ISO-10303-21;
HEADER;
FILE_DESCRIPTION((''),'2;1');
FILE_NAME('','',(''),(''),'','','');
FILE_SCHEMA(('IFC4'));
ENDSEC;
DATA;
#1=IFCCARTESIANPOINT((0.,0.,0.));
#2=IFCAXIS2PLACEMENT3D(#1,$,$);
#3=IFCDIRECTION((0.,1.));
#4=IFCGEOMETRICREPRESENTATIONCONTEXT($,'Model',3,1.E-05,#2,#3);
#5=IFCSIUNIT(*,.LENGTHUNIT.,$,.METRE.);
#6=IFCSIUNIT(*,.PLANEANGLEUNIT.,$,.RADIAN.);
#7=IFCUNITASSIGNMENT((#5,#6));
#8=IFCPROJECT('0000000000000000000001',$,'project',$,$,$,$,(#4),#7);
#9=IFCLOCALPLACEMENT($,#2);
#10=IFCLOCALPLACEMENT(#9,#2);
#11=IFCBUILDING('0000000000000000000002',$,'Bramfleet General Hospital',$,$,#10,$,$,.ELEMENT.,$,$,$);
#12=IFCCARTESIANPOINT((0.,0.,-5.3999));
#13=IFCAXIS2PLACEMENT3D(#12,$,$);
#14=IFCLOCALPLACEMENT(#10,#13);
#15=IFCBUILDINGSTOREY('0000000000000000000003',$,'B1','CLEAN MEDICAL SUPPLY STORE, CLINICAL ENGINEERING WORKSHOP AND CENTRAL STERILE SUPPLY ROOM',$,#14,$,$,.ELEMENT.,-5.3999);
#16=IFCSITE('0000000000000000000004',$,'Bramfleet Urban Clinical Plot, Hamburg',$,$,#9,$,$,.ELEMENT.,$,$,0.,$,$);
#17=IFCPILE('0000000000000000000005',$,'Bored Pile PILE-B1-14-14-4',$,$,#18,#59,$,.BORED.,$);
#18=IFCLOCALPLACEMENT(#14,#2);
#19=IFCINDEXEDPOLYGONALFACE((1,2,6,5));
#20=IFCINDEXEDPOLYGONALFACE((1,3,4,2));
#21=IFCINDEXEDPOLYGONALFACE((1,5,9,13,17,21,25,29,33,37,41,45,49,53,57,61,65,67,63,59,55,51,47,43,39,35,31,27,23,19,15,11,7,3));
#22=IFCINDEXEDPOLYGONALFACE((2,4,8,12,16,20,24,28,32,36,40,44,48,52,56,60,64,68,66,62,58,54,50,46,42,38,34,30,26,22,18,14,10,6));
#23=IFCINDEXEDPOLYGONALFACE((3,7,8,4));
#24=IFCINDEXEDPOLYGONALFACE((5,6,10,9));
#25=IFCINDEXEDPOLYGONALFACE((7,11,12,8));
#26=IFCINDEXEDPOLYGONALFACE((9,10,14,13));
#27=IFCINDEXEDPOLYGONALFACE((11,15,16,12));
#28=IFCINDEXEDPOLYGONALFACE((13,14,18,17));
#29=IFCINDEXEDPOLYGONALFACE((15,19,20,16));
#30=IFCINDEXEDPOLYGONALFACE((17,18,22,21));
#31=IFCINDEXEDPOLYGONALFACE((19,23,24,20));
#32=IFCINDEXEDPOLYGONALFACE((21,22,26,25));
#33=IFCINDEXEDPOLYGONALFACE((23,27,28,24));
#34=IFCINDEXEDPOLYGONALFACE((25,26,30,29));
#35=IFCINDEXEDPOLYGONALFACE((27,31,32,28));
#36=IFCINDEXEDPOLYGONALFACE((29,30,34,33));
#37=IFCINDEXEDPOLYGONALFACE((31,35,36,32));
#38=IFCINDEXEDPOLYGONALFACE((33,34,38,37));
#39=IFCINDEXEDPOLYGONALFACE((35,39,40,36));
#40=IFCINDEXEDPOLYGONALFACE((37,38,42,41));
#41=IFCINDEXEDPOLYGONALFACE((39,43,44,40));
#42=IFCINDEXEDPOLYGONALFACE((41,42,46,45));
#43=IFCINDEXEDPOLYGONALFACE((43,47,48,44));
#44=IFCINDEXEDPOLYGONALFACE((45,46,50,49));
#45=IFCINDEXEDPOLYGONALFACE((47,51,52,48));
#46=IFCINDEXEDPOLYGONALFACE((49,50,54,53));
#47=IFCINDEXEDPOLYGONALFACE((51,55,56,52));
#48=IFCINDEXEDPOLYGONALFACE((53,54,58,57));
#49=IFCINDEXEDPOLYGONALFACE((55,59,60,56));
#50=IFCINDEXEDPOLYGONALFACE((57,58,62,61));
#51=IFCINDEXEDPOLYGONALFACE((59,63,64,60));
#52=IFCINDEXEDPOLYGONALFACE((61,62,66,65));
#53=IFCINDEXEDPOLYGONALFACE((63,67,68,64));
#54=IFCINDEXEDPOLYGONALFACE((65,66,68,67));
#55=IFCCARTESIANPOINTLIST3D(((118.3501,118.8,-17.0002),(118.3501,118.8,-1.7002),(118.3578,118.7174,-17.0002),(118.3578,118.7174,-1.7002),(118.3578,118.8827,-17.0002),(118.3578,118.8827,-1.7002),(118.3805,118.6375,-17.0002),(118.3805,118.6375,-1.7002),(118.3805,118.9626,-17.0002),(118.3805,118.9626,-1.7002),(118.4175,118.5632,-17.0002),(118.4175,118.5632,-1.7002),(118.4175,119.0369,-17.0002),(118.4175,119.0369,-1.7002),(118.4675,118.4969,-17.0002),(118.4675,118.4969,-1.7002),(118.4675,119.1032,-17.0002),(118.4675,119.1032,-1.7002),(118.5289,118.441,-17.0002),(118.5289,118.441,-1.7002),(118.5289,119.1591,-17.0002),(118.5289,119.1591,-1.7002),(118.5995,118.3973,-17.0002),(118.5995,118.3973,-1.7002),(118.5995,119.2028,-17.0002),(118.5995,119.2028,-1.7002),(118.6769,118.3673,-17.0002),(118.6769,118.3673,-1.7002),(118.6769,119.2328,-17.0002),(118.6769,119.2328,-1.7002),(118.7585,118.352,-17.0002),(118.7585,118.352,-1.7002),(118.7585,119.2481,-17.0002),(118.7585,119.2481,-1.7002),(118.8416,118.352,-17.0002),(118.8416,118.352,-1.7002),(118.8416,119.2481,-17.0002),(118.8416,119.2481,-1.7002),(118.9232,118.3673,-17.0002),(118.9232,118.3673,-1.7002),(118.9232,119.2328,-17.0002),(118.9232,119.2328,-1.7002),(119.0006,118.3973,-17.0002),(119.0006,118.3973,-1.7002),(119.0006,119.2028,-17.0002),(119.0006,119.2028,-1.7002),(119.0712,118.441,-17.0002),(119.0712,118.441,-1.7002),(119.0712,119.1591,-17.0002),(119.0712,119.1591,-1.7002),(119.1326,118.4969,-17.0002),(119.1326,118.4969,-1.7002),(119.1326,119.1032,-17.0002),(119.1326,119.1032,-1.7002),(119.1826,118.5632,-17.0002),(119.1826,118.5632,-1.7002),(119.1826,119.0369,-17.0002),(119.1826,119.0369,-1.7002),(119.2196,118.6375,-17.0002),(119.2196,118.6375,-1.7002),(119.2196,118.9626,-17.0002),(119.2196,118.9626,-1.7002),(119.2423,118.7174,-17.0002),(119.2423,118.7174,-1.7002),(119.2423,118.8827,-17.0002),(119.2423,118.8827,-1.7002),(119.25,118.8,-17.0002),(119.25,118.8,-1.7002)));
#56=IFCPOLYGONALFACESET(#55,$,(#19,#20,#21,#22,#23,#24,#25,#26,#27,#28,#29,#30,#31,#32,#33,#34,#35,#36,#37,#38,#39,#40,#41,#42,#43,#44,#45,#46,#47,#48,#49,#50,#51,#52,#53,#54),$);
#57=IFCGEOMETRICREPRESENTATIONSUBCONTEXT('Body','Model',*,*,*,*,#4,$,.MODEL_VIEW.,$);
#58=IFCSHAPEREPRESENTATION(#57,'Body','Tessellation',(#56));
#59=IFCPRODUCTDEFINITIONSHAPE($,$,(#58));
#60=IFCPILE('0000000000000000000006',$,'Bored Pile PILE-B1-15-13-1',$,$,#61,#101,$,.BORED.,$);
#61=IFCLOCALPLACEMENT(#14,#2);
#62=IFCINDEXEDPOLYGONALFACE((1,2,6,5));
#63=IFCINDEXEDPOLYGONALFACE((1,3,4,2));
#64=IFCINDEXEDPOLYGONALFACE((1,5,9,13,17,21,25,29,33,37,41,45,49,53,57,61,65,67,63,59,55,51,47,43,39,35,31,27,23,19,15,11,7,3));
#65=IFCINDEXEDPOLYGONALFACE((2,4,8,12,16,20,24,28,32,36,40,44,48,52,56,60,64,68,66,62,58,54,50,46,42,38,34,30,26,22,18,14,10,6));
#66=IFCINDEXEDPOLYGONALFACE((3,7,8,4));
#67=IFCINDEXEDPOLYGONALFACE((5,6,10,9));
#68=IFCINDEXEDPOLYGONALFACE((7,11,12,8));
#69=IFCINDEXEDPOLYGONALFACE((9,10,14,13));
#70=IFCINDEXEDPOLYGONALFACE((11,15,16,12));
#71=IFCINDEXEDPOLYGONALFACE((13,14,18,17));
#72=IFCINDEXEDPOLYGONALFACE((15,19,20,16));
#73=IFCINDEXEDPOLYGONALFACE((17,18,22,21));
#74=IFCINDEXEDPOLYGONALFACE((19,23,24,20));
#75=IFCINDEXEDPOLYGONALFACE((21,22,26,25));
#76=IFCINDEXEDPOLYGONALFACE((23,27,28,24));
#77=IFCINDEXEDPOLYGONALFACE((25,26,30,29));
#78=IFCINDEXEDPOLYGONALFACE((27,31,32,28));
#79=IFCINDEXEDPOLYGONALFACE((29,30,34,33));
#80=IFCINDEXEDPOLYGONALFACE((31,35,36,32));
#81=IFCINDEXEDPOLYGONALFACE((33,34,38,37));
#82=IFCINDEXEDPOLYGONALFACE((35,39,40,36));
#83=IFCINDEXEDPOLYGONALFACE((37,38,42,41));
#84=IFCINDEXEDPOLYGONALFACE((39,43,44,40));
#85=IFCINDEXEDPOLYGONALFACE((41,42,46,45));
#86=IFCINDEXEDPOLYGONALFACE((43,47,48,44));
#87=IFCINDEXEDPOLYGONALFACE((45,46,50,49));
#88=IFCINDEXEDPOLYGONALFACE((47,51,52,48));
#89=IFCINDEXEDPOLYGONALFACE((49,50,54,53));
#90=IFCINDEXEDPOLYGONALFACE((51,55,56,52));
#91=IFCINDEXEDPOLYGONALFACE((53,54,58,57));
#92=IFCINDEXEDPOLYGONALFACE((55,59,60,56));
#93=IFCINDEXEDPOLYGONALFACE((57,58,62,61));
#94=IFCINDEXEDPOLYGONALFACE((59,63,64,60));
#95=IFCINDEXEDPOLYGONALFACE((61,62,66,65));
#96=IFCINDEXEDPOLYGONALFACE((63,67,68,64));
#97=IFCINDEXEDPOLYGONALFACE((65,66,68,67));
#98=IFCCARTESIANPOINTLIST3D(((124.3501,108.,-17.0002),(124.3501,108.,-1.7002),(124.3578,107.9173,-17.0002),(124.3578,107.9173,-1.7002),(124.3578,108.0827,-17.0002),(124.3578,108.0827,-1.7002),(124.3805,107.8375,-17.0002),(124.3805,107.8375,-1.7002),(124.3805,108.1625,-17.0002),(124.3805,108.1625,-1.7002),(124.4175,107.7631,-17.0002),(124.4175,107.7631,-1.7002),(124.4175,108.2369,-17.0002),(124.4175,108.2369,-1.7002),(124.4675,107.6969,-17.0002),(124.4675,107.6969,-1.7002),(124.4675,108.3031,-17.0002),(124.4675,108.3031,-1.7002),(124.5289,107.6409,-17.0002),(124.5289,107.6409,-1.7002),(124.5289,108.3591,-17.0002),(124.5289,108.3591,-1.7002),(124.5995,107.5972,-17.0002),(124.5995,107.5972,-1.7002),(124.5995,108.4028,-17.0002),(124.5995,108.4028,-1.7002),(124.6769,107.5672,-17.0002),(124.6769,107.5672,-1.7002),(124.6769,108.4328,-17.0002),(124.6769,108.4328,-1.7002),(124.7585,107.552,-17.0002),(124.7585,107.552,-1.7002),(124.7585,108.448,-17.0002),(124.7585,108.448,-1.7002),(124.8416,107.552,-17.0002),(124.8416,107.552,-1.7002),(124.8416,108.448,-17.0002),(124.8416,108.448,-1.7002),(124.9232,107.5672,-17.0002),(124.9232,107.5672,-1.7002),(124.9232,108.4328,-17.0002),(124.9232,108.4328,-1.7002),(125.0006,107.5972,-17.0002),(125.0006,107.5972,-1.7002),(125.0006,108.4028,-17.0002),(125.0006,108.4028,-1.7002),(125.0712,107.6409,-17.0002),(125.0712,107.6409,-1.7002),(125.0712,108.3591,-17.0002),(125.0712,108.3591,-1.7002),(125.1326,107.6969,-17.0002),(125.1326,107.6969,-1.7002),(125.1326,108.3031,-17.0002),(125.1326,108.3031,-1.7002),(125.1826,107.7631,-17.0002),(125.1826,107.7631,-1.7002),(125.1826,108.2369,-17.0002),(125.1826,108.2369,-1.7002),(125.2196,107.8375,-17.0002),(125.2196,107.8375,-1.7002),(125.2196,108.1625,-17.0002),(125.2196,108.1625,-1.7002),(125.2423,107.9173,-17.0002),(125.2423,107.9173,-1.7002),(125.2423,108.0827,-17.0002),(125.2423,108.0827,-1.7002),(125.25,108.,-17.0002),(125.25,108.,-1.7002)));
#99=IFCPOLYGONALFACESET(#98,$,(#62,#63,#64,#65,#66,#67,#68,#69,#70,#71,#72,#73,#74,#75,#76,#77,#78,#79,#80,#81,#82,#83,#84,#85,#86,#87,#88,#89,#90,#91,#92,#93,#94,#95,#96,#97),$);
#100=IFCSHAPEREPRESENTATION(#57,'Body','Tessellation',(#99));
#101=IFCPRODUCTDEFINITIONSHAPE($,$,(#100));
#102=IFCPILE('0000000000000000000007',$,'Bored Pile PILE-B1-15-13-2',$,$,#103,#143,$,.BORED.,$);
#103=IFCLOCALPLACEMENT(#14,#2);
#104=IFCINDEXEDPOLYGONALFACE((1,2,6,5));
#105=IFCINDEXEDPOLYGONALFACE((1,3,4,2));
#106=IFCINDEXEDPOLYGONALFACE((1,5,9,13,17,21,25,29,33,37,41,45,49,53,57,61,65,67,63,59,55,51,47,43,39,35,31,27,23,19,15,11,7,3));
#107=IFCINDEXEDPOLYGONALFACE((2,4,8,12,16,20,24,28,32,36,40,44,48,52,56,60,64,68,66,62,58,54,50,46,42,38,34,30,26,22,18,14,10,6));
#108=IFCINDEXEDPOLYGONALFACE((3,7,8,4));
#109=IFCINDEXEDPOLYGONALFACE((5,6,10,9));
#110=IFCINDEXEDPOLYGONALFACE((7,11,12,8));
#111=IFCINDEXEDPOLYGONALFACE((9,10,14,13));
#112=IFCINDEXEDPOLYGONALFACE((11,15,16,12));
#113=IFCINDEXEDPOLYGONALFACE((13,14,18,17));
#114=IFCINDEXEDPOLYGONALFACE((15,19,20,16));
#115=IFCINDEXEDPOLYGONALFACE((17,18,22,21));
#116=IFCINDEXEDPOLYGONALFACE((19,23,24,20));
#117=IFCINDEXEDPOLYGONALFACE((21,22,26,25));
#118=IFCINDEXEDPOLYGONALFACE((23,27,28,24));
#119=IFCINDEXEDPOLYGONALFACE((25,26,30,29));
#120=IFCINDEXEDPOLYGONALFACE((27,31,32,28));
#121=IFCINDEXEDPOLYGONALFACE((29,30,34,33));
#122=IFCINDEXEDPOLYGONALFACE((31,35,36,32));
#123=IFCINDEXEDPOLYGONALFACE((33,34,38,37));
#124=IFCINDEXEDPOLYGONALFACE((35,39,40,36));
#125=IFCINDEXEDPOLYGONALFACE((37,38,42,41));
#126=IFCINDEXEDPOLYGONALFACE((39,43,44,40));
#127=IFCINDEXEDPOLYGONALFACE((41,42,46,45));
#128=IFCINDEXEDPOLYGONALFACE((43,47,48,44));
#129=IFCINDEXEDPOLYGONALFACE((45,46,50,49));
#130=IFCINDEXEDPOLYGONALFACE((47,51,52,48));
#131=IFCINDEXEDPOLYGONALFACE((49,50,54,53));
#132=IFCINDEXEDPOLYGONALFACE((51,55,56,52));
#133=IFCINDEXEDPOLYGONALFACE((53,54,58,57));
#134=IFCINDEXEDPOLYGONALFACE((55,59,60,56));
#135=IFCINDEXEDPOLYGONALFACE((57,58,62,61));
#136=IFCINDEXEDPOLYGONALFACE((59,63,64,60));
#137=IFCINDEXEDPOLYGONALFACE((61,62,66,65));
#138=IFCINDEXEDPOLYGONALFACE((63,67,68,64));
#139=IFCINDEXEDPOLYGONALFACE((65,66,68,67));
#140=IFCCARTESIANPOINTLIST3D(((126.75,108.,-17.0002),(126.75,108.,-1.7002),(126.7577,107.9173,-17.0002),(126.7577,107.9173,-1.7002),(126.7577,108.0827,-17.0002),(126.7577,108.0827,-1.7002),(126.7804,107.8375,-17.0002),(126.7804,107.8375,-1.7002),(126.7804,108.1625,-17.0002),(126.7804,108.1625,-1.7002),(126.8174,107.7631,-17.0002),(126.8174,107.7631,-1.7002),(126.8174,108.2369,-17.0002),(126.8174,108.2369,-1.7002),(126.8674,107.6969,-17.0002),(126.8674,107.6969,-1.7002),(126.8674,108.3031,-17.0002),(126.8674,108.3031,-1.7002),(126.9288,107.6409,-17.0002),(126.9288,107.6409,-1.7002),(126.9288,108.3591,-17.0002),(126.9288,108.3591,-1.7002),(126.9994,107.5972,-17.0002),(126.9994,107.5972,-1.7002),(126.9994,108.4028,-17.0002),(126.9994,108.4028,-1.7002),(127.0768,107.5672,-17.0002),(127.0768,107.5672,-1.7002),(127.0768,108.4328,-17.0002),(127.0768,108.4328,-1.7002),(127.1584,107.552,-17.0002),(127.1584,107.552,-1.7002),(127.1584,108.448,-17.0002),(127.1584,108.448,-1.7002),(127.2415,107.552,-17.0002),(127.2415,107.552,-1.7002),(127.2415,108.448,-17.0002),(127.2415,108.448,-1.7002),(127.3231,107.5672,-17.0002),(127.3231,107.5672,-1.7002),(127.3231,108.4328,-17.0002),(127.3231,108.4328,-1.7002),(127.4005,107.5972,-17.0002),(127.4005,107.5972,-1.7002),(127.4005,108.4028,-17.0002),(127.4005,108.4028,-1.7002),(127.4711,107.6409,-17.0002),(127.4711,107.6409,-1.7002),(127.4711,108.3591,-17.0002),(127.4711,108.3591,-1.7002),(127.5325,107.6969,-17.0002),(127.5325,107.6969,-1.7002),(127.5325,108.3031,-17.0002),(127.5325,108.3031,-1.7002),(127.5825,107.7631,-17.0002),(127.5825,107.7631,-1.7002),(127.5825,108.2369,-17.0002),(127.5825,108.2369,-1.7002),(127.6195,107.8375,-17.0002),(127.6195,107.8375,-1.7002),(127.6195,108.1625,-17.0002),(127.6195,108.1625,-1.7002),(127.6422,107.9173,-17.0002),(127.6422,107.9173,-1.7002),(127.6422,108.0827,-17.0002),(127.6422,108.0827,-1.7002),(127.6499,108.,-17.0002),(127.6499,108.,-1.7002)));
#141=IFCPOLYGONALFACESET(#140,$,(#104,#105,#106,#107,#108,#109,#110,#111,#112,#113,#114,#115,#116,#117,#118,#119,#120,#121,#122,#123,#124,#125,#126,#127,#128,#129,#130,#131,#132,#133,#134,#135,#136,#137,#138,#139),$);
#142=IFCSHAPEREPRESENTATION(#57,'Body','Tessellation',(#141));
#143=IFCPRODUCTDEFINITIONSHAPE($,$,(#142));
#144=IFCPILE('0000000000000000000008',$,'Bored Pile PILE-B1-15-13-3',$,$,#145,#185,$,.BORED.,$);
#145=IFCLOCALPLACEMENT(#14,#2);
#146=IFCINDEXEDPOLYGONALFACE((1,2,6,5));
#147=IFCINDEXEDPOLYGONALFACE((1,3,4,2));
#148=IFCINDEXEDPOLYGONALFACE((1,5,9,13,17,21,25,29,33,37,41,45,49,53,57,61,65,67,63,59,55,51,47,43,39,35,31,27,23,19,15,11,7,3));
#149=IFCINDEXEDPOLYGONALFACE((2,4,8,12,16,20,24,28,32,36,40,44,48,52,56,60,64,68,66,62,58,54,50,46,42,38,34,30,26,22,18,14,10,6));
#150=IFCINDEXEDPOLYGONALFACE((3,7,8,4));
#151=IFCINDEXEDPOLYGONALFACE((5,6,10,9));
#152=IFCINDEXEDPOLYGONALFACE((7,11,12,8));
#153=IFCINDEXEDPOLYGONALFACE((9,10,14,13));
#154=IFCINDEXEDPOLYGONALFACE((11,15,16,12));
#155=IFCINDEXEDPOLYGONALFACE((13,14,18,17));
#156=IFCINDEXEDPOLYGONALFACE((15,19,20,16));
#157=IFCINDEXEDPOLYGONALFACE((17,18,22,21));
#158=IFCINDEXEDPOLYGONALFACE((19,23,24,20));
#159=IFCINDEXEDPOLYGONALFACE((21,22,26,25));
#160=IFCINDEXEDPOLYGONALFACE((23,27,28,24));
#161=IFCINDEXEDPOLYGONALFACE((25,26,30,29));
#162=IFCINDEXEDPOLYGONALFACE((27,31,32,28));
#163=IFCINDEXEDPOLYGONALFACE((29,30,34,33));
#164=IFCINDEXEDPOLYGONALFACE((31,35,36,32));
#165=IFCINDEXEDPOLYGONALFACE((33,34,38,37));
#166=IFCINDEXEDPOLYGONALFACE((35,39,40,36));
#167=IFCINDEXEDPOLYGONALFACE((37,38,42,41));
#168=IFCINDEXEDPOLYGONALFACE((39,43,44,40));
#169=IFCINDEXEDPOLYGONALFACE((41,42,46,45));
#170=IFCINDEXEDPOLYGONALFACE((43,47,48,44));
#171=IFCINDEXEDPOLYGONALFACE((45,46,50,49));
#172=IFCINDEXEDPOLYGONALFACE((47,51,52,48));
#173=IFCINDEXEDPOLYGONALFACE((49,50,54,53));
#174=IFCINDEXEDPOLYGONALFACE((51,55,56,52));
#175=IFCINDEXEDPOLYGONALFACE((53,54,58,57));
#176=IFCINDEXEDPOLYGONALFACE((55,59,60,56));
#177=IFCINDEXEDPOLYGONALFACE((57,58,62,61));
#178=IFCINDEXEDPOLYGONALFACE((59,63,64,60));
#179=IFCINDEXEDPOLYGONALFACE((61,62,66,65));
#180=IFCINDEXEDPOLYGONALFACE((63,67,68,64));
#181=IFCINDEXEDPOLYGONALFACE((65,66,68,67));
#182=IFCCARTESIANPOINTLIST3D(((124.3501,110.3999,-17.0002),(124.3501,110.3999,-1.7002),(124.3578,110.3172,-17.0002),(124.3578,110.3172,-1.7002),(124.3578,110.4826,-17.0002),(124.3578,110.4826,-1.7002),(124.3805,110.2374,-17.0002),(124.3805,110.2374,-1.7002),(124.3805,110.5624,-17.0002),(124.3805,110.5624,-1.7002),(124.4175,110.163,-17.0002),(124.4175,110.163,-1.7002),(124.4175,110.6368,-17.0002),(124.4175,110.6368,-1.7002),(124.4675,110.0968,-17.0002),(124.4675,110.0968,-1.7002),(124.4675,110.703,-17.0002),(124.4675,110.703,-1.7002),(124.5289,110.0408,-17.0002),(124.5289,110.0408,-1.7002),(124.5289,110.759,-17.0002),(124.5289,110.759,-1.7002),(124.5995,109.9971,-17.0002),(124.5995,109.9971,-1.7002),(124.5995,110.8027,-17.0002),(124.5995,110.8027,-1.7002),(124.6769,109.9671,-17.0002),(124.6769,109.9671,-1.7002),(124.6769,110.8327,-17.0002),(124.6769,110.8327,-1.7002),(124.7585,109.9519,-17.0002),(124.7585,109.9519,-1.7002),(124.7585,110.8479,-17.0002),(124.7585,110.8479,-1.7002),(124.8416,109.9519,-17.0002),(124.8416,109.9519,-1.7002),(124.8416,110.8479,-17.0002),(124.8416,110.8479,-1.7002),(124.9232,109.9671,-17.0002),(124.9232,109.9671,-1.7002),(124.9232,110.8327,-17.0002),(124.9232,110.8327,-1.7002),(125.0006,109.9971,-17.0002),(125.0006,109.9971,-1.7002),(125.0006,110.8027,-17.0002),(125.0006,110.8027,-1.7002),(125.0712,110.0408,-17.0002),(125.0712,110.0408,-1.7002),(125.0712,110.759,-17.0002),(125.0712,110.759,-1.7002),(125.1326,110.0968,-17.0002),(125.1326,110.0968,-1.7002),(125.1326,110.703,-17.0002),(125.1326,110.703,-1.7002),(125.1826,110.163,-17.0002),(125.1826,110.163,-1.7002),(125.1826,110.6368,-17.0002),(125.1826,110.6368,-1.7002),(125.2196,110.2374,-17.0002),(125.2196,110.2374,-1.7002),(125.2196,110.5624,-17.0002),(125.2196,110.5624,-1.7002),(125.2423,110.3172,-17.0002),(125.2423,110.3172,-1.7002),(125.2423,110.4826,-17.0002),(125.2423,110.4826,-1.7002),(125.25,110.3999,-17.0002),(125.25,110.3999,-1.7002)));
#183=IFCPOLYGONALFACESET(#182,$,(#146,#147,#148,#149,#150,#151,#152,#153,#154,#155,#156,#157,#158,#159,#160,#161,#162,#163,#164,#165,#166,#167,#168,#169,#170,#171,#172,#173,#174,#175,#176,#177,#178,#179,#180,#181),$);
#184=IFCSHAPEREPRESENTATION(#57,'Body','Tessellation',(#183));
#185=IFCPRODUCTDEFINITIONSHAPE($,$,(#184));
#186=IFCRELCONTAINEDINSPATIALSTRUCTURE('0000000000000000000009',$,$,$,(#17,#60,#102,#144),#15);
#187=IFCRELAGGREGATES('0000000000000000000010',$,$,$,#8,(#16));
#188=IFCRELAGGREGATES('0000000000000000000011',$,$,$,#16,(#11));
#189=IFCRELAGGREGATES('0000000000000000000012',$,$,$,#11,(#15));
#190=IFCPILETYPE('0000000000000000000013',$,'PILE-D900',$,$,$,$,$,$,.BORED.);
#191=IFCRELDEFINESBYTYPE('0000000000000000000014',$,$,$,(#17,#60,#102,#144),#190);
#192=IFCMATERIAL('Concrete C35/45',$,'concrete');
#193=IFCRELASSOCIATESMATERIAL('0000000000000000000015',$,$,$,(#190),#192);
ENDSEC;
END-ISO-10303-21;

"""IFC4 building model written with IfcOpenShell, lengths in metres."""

from ifc_helpers import new_model, si_unit, direction, frame, origin, origin_2d, place, context, subcontext, project, spatial, circle, extrude, material, material_profile, profile_set, type_object, element, save


model = new_model("IFC4")

# Units and contexts
model_context = context("Model", 3, precision=1e-05, world=origin(), true_north=direction((0.0, 1.0)))
body_context = subcontext(model_context, "Body", "Model", "MODEL_VIEW")
ifc_project = project(units=[si_unit("LENGTHUNIT", "METRE"), si_unit("PLANEANGLEUNIT", "RADIAN")], contexts=[model_context])

# Site, building, storey
site_placement = place(None, origin())
site = spatial("IfcSite", under=ifc_project, at=site_placement, Name="Bramfleet Urban Clinical Plot, Hamburg", CompositionType="ELEMENT", RefElevation=0.0)
building_placement = place(site_placement, origin())
building = spatial("IfcBuilding", under=site, at=building_placement, Name="Bramfleet General Hospital", CompositionType="ELEMENT")
storey_placement = place(building_placement, frame((0.0, 0.0, -5.3999)))
storey = spatial("IfcBuildingStorey", under=building, at=storey_placement, Name="B1", Description="CLEAN MEDICAL SUPPLY STORE, CLINICAL ENGINEERING WORKSHOP AND CENTRAL STERILE SUPPLY ROOM", CompositionType="ELEMENT", Elevation=-5.3999)

# Shared definitions
ifc_material_1 = material(Name="Concrete C35/45", Category="concrete")

# Piles
ifc_material_profile_1 = material_profile(ifc_material_1, circle(Radius=0.45, at=origin_2d()), Name="PILE BORED D900")
ifc_profile_set_1 = profile_set([ifc_material_profile_1], Name="Concrete C35/45")
pile_type_1 = type_object("IfcPileType", Name="PILE-D900", PredefinedType="BORED", material=ifc_profile_set_1)
for number, where, z_axis, x_axis, name in (
    (1, (118.8, 118.8, -1.7002), (0.0, 0.0, -1.0), (1.0, 0.0, 0.0), "Bored Pile PILE-B1-14-14-4"),
    (2, (124.8, 108.0, -1.7002), (0.0, 0.0, -1.0), (1.0, 0.0, 0.0), "Bored Pile PILE-B1-15-13-1"),
    (3, (127.2, 108.0, -1.7002), (0.0, 0.0, -1.0), (1.0, 0.0, 0.0), "Bored Pile PILE-B1-15-13-2"),
    (4, (124.8, 110.3999, -1.7002), (0.0, 0.0, -1.0), (1.0, 0.0, 0.0), "Bored Pile PILE-B1-15-13-3"),
):
    element("IfcPile", number, at=place(storey_placement, frame(where, z_axis=z_axis, x_axis=x_axis)), inside=storey, type_object=pile_type_1, Name=name, PredefinedType="BORED", context=body_context, shape_type="SweptSolid", body=[
        extrude(circle(Radius=0.45, at=origin_2d()), origin(), (0.0, 0.0, 1.0), 15.3),
    ])

save(model, "model.ifc")
